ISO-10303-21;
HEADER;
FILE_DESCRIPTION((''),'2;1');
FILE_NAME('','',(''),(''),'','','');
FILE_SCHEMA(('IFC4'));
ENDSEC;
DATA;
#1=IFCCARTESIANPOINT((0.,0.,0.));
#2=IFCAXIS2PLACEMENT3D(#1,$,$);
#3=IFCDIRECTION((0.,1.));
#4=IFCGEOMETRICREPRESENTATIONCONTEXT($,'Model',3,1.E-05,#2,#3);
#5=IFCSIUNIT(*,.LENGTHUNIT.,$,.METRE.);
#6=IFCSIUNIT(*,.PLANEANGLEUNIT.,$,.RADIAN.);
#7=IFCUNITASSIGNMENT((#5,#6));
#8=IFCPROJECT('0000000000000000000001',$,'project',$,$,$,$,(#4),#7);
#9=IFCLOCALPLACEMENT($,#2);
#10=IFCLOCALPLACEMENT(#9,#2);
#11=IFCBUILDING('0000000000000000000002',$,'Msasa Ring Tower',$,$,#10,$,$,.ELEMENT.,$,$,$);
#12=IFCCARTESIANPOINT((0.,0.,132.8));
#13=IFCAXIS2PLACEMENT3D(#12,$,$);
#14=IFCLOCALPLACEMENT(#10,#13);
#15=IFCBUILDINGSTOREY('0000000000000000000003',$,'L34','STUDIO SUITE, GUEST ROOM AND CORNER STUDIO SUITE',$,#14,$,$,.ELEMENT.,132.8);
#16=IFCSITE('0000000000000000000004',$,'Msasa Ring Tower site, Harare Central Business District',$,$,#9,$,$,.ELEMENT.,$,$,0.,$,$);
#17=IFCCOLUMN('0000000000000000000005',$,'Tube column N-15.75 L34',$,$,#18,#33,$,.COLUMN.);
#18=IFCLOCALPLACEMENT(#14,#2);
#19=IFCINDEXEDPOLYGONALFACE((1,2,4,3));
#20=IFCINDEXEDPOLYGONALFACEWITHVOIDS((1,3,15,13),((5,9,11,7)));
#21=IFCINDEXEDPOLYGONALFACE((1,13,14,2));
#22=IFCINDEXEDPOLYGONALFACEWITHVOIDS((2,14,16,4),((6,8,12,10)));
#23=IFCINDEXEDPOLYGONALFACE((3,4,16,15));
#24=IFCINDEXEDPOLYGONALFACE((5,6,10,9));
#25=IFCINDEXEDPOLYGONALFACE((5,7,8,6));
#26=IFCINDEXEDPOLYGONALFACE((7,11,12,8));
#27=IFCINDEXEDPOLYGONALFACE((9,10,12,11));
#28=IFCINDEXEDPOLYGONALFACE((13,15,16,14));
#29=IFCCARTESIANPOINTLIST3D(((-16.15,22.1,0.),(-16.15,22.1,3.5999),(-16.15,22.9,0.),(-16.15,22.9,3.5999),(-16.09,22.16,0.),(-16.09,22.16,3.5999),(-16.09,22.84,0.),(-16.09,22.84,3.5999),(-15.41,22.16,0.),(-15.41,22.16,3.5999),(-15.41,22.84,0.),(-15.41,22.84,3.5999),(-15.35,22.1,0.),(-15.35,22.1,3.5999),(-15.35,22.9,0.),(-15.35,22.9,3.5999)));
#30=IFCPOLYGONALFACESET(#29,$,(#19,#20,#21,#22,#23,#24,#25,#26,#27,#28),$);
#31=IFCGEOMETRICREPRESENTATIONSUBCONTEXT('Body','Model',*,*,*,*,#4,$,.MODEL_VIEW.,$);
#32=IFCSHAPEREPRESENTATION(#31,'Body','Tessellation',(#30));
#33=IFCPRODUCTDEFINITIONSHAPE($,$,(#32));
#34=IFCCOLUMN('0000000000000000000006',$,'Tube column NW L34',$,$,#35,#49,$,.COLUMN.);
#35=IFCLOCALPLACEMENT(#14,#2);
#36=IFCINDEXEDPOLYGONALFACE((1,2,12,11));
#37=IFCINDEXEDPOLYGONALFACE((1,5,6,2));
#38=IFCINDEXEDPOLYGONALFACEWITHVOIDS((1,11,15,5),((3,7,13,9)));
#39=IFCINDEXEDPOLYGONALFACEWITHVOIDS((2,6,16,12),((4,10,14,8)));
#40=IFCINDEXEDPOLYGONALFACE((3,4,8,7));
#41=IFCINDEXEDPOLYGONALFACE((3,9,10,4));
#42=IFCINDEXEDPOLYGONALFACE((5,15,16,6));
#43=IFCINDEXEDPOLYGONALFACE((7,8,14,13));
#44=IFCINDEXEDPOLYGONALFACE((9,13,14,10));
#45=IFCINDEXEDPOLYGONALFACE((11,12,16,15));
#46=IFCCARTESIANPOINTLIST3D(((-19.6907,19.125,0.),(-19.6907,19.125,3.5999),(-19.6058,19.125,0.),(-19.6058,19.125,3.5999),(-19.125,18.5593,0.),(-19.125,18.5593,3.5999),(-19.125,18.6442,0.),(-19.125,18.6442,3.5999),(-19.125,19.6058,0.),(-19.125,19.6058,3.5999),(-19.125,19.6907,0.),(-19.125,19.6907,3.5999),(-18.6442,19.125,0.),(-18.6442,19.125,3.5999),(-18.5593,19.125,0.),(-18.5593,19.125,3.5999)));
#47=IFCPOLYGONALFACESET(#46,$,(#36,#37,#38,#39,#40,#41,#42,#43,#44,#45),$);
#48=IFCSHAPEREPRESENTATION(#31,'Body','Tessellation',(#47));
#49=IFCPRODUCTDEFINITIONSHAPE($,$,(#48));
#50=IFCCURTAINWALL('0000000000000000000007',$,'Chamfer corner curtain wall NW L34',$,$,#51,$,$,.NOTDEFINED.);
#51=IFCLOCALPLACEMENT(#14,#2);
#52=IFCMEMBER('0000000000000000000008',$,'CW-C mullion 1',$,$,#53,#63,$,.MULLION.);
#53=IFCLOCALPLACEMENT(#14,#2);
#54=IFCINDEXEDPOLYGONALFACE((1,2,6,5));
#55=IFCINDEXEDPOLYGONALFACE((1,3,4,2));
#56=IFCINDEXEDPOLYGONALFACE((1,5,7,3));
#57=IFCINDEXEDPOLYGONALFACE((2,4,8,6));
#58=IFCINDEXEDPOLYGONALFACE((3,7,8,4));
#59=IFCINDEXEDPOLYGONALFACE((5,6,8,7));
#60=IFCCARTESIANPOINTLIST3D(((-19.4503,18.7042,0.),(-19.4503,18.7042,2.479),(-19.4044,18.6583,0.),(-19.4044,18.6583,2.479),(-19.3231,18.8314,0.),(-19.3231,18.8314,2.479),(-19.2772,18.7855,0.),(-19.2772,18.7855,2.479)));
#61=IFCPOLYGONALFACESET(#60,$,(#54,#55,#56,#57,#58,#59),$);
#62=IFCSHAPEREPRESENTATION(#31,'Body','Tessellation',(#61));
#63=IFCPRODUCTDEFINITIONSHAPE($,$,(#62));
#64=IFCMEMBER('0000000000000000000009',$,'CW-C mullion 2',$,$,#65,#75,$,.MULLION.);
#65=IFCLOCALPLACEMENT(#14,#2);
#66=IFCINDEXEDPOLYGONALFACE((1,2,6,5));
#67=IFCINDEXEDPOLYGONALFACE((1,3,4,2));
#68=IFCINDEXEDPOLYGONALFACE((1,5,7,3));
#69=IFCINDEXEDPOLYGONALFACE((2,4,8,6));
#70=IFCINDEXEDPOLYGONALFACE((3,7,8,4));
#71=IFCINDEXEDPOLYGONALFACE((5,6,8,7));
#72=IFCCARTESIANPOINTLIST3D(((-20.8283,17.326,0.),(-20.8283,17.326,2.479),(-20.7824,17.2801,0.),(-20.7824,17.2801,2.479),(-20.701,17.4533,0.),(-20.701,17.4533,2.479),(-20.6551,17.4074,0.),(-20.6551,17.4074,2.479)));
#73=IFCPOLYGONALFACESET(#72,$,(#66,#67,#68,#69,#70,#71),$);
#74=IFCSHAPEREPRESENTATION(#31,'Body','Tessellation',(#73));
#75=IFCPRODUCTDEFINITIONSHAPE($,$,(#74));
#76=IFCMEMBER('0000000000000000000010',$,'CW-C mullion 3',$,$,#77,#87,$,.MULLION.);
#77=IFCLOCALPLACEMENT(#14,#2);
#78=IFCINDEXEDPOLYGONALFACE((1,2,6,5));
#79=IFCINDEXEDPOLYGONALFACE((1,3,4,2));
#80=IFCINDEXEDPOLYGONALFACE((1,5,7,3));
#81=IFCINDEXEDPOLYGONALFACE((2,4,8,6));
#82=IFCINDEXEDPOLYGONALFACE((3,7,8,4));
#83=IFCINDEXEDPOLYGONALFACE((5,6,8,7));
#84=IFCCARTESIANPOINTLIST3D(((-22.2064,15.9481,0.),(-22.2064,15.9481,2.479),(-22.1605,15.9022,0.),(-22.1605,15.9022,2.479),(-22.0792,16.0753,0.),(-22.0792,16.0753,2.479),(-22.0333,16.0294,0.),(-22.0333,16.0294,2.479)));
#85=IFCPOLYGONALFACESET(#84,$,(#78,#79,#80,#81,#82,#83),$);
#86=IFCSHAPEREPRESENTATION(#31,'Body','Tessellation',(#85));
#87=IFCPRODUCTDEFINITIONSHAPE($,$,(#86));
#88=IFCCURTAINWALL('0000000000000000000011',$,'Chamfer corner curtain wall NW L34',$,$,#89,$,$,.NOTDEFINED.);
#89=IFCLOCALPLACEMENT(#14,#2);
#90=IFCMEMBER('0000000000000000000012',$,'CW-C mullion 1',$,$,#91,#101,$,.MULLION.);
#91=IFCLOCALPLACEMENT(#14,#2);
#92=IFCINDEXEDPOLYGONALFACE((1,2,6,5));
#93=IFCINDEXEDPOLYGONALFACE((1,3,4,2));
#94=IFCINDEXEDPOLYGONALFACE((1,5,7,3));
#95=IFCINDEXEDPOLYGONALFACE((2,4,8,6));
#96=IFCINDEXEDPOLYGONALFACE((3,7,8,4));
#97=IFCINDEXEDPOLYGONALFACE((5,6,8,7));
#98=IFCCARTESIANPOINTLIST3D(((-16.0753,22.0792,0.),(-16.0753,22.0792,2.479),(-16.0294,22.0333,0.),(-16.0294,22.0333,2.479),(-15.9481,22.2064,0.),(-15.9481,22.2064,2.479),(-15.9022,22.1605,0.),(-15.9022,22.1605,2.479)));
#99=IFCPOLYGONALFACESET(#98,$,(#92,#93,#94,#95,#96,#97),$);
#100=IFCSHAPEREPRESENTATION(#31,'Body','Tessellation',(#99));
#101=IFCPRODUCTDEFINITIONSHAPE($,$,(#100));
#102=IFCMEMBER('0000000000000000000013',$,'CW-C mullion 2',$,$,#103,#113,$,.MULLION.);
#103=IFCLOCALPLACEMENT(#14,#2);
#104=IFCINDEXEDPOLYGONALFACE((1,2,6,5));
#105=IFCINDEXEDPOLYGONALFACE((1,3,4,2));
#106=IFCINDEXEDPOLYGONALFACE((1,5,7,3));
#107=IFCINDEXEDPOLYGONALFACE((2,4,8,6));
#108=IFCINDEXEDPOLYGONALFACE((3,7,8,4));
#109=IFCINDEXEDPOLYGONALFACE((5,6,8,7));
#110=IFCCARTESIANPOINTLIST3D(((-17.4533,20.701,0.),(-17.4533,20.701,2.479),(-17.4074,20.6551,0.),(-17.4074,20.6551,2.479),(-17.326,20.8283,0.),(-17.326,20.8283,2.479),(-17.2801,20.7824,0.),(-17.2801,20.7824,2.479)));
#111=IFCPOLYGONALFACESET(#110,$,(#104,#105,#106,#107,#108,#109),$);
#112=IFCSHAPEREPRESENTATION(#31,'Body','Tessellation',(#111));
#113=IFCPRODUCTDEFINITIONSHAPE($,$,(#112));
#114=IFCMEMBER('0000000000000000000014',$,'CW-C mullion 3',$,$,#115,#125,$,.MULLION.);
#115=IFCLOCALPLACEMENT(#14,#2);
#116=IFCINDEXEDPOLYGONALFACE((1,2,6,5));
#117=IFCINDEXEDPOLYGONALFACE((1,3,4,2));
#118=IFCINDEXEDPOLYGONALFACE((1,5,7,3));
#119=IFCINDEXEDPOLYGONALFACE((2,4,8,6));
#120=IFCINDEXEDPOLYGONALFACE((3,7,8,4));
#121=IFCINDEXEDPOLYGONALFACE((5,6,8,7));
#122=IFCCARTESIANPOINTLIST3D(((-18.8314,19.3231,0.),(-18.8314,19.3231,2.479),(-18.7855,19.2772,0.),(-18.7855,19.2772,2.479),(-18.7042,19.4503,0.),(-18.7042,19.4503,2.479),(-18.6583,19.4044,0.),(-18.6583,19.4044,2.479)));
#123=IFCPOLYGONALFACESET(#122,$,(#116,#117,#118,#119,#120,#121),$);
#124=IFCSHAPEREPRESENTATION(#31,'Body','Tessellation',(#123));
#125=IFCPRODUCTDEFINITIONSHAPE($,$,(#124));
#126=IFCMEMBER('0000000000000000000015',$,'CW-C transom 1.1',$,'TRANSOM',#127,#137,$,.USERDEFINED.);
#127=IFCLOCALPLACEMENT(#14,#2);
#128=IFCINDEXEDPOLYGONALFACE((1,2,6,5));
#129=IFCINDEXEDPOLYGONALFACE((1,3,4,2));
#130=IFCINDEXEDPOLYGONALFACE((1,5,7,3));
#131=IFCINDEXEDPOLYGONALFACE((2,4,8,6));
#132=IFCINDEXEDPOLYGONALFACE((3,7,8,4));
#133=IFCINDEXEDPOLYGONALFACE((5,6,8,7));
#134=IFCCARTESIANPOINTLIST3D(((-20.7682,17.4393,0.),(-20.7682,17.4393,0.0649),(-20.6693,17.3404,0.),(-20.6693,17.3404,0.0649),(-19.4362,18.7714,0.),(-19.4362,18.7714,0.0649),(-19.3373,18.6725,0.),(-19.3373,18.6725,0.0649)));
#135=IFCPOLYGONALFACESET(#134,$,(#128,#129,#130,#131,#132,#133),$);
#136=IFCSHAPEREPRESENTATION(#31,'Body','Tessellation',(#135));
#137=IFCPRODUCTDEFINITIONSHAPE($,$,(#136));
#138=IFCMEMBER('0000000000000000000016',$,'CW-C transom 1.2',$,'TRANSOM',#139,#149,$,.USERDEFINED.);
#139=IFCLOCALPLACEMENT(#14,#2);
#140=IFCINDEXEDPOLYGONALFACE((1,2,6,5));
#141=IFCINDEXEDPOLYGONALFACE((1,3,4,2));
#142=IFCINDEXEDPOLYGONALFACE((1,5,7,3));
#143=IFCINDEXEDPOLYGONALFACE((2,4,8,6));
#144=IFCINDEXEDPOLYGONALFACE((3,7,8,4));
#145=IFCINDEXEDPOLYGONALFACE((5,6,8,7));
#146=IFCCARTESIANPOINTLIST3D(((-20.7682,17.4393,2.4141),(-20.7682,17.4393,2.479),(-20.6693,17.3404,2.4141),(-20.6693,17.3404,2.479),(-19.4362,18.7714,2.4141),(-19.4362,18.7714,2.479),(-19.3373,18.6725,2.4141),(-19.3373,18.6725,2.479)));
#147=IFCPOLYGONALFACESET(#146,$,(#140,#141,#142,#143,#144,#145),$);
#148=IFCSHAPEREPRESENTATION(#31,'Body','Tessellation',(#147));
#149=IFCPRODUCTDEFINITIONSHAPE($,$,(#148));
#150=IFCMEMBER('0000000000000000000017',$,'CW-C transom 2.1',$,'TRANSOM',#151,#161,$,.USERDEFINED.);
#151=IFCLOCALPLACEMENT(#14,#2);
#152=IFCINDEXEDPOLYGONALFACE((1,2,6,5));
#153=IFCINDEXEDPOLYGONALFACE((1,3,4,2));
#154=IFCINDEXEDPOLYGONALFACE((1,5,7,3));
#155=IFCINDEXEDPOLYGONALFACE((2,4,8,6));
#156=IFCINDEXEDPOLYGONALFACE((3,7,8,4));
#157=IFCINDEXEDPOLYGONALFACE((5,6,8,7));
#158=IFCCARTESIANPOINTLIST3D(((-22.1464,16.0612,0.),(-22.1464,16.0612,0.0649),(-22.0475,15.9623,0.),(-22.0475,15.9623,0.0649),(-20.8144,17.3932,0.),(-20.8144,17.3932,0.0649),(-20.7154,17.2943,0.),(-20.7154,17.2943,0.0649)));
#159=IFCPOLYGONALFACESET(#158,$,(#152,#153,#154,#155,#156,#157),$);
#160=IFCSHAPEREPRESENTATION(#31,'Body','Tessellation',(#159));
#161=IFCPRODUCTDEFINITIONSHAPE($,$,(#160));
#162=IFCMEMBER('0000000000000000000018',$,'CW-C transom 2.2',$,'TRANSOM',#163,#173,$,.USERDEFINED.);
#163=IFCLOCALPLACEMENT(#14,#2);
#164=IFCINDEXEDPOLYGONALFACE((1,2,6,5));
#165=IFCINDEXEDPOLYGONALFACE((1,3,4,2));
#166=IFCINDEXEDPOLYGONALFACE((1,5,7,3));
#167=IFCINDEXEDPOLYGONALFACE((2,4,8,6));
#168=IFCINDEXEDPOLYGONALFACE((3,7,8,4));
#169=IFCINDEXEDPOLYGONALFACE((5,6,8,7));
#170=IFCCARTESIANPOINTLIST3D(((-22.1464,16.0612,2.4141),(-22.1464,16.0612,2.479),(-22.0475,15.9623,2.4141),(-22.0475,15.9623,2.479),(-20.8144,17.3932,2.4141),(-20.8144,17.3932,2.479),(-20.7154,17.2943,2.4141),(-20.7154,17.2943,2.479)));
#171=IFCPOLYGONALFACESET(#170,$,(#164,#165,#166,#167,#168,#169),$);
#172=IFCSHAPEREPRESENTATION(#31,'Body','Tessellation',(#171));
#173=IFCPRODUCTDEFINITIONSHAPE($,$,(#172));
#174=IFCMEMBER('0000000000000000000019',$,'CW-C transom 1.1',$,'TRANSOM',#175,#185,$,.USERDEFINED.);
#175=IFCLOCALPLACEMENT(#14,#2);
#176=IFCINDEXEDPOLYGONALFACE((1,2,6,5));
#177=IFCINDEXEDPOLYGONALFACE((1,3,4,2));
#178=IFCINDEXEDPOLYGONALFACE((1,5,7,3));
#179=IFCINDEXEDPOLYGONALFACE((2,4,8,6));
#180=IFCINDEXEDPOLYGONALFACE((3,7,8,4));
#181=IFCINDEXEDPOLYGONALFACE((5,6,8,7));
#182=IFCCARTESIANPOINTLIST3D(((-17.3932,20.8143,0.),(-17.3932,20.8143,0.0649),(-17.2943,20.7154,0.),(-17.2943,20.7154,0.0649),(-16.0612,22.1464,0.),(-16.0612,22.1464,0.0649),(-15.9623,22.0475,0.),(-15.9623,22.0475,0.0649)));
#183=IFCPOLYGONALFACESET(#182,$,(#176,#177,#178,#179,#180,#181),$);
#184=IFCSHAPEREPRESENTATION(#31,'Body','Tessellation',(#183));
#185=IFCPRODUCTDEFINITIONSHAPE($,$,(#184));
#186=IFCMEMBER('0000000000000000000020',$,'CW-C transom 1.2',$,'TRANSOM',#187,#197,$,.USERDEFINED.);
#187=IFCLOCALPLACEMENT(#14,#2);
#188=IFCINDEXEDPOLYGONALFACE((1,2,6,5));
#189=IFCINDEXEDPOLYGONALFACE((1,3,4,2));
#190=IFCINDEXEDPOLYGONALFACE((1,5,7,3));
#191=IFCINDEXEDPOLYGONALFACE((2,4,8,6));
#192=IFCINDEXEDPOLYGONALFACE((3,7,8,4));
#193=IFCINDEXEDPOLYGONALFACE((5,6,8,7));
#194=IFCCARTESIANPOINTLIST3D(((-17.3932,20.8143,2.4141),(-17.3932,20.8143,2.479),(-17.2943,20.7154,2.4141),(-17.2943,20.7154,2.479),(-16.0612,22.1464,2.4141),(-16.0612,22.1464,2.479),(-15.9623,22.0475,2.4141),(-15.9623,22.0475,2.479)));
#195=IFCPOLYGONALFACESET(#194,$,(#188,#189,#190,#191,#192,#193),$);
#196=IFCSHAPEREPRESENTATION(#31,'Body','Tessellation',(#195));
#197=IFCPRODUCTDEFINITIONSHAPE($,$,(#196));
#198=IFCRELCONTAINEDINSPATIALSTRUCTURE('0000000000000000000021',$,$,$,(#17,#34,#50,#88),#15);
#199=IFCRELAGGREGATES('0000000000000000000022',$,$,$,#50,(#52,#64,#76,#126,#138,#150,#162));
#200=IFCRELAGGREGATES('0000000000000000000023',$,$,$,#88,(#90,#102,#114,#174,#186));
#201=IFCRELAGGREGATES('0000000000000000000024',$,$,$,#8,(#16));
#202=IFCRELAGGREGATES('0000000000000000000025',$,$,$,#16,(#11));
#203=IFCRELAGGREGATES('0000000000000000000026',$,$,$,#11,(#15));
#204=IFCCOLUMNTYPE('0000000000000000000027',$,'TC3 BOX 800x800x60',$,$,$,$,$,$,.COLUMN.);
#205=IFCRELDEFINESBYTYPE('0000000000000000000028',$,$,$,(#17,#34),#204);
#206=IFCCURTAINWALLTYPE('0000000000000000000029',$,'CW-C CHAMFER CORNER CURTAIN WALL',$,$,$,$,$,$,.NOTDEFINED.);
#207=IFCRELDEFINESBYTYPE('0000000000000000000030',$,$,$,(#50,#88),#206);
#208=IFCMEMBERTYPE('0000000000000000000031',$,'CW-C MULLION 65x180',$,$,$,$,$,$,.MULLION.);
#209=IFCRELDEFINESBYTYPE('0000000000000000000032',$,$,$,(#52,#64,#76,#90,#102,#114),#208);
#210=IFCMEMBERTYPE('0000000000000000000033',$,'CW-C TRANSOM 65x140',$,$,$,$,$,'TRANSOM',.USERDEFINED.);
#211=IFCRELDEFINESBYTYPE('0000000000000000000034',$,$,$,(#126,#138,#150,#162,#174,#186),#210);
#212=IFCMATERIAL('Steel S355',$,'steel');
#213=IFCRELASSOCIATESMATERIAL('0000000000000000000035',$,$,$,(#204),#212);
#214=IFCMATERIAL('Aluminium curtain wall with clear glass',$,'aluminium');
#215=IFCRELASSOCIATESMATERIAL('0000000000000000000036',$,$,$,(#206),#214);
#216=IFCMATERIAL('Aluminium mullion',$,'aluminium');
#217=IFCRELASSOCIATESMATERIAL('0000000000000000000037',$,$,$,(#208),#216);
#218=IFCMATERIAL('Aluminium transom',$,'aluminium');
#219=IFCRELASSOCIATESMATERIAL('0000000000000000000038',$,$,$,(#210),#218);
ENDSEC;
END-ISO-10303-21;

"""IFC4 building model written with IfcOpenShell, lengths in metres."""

from ifc_helpers import new_model, si_unit, direction, frame, origin, origin_2d, place, context, subcontext, project, spatial, rectangle, hollow_rectangle, extrude, material, material_profile, profile_set, type_object, element, aggregate, save


model = new_model("IFC4")

# Units and contexts
model_context = context("Model", 3, precision=1e-05, world=origin(), true_north=direction((0.0, 1.0)))
body_context = subcontext(model_context, "Body", "Model", "MODEL_VIEW")
ifc_project = project(units=[si_unit("LENGTHUNIT", "METRE"), si_unit("PLANEANGLEUNIT", "RADIAN")], contexts=[model_context])

# Site, building, storey
site_placement = place(None, origin())
site = spatial("IfcSite", under=ifc_project, at=site_placement, Name="Msasa Ring Tower site, Harare Central Business District", CompositionType="ELEMENT", RefElevation=0.0)
building_placement = place(site_placement, origin())
building = spatial("IfcBuilding", under=site, at=building_placement, Name="Msasa Ring Tower", CompositionType="ELEMENT")
storey_placement = place(building_placement, frame((0.0, 0.0, 132.8)))
storey = spatial("IfcBuildingStorey", under=building, at=storey_placement, Name="L34", Description="STUDIO SUITE, GUEST ROOM AND CORNER STUDIO SUITE", CompositionType="ELEMENT", Elevation=132.8)

# Columns
ifc_material_1 = material(Name="Steel S355", Category="steel")
ifc_material_profile_1 = material_profile(ifc_material_1, hollow_rectangle(XDim=0.8, YDim=0.8, WallThickness=0.0601, at=origin_2d()), Name="BOX 800x800x60")
ifc_profile_set_1 = profile_set([ifc_material_profile_1], Name="Steel S355")
column_type = type_object("IfcColumnType", Name="TC3 BOX 800x800x60", PredefinedType="COLUMN", material=ifc_profile_set_1)
for number, where, z_axis, x_axis, name in (
    (1, (-15.75, 22.5, 0.0), (0.0, 0.0, 1.0), (0.0, 1.0, 0.0), "Tube column N-15.75 L34"),
    (2, (-19.125, 19.125, 0.0), (0.0, 0.0, 1.0), (0.707107, -0.707107, 0.0), "Tube column NW L34"),
):
    element("IfcColumn", number, at=place(storey_placement, frame(where, z_axis=z_axis, x_axis=x_axis)), inside=storey, type_object=column_type, Name=name, PredefinedType="COLUMN", context=body_context, shape_type="SweptSolid", body=[
        extrude(hollow_rectangle(XDim=0.8, YDim=0.8, WallThickness=0.0601, at=origin_2d()), origin(), (0.0, 0.0, 1.0), 3.5999),
    ])

# Curtain walls, members
ifc_material_2 = material(Name="Aluminium curtain wall with clear glass", Category="aluminium")
curtain_wall_type = type_object("IfcCurtainWallType", Name="CW-C CHAMFER CORNER CURTAIN WALL", PredefinedType="NOTDEFINED", material=ifc_material_2)
curtain_wall_1_placement = place(storey_placement, origin())
curtain_wall_1 = element("IfcCurtainWall", 3, at=curtain_wall_1_placement, inside=storey, type_object=curtain_wall_type, Name="Chamfer corner curtain wall NW L34", PredefinedType="NOTDEFINED")
ifc_material_3 = material(Name="Aluminium mullion", Category="aluminium")
ifc_material_profile_2 = material_profile(ifc_material_3, rectangle(XDim=0.0649, YDim=0.1799, at=origin_2d()), Name="AL 65x180")
ifc_profile_set_2 = profile_set([ifc_material_profile_2], Name="Aluminium mullion")
member_type_1 = type_object("IfcMemberType", Name="CW-C MULLION 65x180", PredefinedType="MULLION", material=ifc_profile_set_2)
member_1_placement = place(storey_placement, frame((-19.3638, 18.7449, 0.0), z_axis=(0.0, 0.0, 1.0), x_axis=(0.707107, -0.707107, 0.0)))
member_1 = element("IfcMember", 4, at=member_1_placement, type_object=member_type_1, Name="CW-C mullion 1", PredefinedType="MULLION", context=body_context, shape_type="SweptSolid", body=[
    extrude(rectangle(XDim=0.0649, YDim=0.1799, at=origin_2d()), origin(), (0.0, 0.0, 1.0), 2.479),
])
member_2_placement = place(storey_placement, frame((-20.7417, 17.3667, 0.0), z_axis=(0.0, 0.0, 1.0), x_axis=(0.707107, -0.707107, 0.0)))
member_2 = element("IfcMember", 5, at=member_2_placement, type_object=member_type_1, Name="CW-C mullion 2", PredefinedType="MULLION", context=body_context, shape_type="SweptSolid", body=[
    extrude(rectangle(XDim=0.0649, YDim=0.1799, at=origin_2d()), origin(), (0.0, 0.0, 1.0), 2.479),
])
member_3_placement = place(storey_placement, frame((-22.1199, 15.9888, 0.0), z_axis=(0.0, 0.0, 1.0), x_axis=(0.707107, -0.707107, 0.0)))
member_3 = element("IfcMember", 6, at=member_3_placement, type_object=member_type_1, Name="CW-C mullion 3", PredefinedType="MULLION", context=body_context, shape_type="SweptSolid", body=[
    extrude(rectangle(XDim=0.0649, YDim=0.1799, at=origin_2d()), origin(), (0.0, 0.0, 1.0), 2.479),
])
curtain_wall_2_placement = place(storey_placement, origin())
curtain_wall_2 = element("IfcCurtainWall", 7, at=curtain_wall_2_placement, inside=storey, type_object=curtain_wall_type, Name="Chamfer corner curtain wall NW L34", PredefinedType="NOTDEFINED")
member_4_placement = place(storey_placement, frame((-15.9888, 22.1199, 0.0), z_axis=(0.0, 0.0, 1.0), x_axis=(0.707107, -0.707107, 0.0)))
member_4 = element("IfcMember", 8, at=member_4_placement, type_object=member_type_1, Name="CW-C mullion 1", PredefinedType="MULLION", context=body_context, shape_type="SweptSolid", body=[
    extrude(rectangle(XDim=0.0649, YDim=0.1799, at=origin_2d()), origin(), (0.0, 0.0, 1.0), 2.479),
])
member_5_placement = place(storey_placement, frame((-17.3667, 20.7417, 0.0), z_axis=(0.0, 0.0, 1.0), x_axis=(0.707107, -0.707107, 0.0)))
member_5 = element("IfcMember", 9, at=member_5_placement, type_object=member_type_1, Name="CW-C mullion 2", PredefinedType="MULLION", context=body_context, shape_type="SweptSolid", body=[
    extrude(rectangle(XDim=0.0649, YDim=0.1799, at=origin_2d()), origin(), (0.0, 0.0, 1.0), 2.479),
])
member_6_placement = place(storey_placement, frame((-18.7449, 19.3638, 0.0), z_axis=(0.0, 0.0, 1.0), x_axis=(0.707107, -0.707107, 0.0)))
member_6 = element("IfcMember", 10, at=member_6_placement, type_object=member_type_1, Name="CW-C mullion 3", PredefinedType="MULLION", context=body_context, shape_type="SweptSolid", body=[
    extrude(rectangle(XDim=0.0649, YDim=0.1799, at=origin_2d()), origin(), (0.0, 0.0, 1.0), 2.479),
])

# Members
ifc_material_4 = material(Name="Aluminium transom", Category="aluminium")
ifc_material_profile_3 = material_profile(ifc_material_4, rectangle(XDim=0.1399, YDim=0.0649, at=origin_2d()), Name="AL 65x140")
ifc_profile_set_3 = profile_set([ifc_material_profile_3], Name="Aluminium transom")
member_type_2 = type_object("IfcMemberType", Name="CW-C TRANSOM 65x140", ElementType="TRANSOM", PredefinedType="USERDEFINED", material=ifc_profile_set_3)
member_7_placement = place(storey_placement, frame((-19.3867, 18.7219, 0.0325), z_axis=(-0.707107, -0.707107, 0.0), x_axis=(0.707107, -0.707107, 0.0)))
member_7 = element("IfcMember", 11, at=member_7_placement, type_object=member_type_2, Name="CW-C transom 1.1", ObjectType="TRANSOM", PredefinedType="USERDEFINED", context=body_context, shape_type="SweptSolid", body=[
    extrude(rectangle(XDim=0.1399, YDim=0.0649, at=origin_2d()), origin(), (0.0, 0.0, 1.0), 1.8838),
])
member_8_placement = place(storey_placement, frame((-19.3867, 18.7219, 2.4465), z_axis=(-0.707107, -0.707107, 0.0), x_axis=(0.707107, -0.707107, 0.0)))
member_8 = element("IfcMember", 12, at=member_8_placement, type_object=member_type_2, Name="CW-C transom 1.2", ObjectType="TRANSOM", PredefinedType="USERDEFINED", context=body_context, shape_type="SweptSolid", body=[
    extrude(rectangle(XDim=0.1399, YDim=0.0649, at=origin_2d()), origin(), (0.0, 0.0, 1.0), 1.8838),
])
member_9_placement = place(storey_placement, frame((-20.7649, 17.3438, 0.0325), z_axis=(-0.707107, -0.707107, 0.0), x_axis=(0.707107, -0.707107, 0.0)))
member_9 = element("IfcMember", 13, at=member_9_placement, type_object=member_type_2, Name="CW-C transom 2.1", ObjectType="TRANSOM", PredefinedType="USERDEFINED", context=body_context, shape_type="SweptSolid", body=[
    extrude(rectangle(XDim=0.1399, YDim=0.0649, at=origin_2d()), origin(), (0.0, 0.0, 1.0), 1.8838),
])
member_10_placement = place(storey_placement, frame((-20.7649, 17.3438, 2.4465), z_axis=(-0.707107, -0.707107, 0.0), x_axis=(0.707107, -0.707107, 0.0)))
member_10 = element("IfcMember", 14, at=member_10_placement, type_object=member_type_2, Name="CW-C transom 2.2", ObjectType="TRANSOM", PredefinedType="USERDEFINED", context=body_context, shape_type="SweptSolid", body=[
    extrude(rectangle(XDim=0.1399, YDim=0.0649, at=origin_2d()), origin(), (0.0, 0.0, 1.0), 1.8838),
])
member_11_placement = place(storey_placement, frame((-16.0117, 22.0969, 0.0325), z_axis=(-0.707107, -0.707107, 0.0), x_axis=(0.707107, -0.707107, 0.0)))
member_11 = element("IfcMember", 15, at=member_11_placement, type_object=member_type_2, Name="CW-C transom 1.1", ObjectType="TRANSOM", PredefinedType="USERDEFINED", context=body_context, shape_type="SweptSolid", body=[
    extrude(rectangle(XDim=0.1399, YDim=0.0649, at=origin_2d()), origin(), (0.0, 0.0, 1.0), 1.8838),
])
member_12_placement = place(storey_placement, frame((-16.0117, 22.0969, 2.4465), z_axis=(-0.707107, -0.707107, 0.0), x_axis=(0.707107, -0.707107, 0.0)))
member_12 = element("IfcMember", 16, at=member_12_placement, type_object=member_type_2, Name="CW-C transom 1.2", ObjectType="TRANSOM", PredefinedType="USERDEFINED", context=body_context, shape_type="SweptSolid", body=[
    extrude(rectangle(XDim=0.1399, YDim=0.0649, at=origin_2d()), origin(), (0.0, 0.0, 1.0), 1.8838),
])

aggregate(curtain_wall_1, [member_1, member_2, member_3, member_7, member_8, member_9, member_10])
aggregate(curtain_wall_2, [member_4, member_5, member_6, member_11, member_12])

save(model, "model.ifc")
